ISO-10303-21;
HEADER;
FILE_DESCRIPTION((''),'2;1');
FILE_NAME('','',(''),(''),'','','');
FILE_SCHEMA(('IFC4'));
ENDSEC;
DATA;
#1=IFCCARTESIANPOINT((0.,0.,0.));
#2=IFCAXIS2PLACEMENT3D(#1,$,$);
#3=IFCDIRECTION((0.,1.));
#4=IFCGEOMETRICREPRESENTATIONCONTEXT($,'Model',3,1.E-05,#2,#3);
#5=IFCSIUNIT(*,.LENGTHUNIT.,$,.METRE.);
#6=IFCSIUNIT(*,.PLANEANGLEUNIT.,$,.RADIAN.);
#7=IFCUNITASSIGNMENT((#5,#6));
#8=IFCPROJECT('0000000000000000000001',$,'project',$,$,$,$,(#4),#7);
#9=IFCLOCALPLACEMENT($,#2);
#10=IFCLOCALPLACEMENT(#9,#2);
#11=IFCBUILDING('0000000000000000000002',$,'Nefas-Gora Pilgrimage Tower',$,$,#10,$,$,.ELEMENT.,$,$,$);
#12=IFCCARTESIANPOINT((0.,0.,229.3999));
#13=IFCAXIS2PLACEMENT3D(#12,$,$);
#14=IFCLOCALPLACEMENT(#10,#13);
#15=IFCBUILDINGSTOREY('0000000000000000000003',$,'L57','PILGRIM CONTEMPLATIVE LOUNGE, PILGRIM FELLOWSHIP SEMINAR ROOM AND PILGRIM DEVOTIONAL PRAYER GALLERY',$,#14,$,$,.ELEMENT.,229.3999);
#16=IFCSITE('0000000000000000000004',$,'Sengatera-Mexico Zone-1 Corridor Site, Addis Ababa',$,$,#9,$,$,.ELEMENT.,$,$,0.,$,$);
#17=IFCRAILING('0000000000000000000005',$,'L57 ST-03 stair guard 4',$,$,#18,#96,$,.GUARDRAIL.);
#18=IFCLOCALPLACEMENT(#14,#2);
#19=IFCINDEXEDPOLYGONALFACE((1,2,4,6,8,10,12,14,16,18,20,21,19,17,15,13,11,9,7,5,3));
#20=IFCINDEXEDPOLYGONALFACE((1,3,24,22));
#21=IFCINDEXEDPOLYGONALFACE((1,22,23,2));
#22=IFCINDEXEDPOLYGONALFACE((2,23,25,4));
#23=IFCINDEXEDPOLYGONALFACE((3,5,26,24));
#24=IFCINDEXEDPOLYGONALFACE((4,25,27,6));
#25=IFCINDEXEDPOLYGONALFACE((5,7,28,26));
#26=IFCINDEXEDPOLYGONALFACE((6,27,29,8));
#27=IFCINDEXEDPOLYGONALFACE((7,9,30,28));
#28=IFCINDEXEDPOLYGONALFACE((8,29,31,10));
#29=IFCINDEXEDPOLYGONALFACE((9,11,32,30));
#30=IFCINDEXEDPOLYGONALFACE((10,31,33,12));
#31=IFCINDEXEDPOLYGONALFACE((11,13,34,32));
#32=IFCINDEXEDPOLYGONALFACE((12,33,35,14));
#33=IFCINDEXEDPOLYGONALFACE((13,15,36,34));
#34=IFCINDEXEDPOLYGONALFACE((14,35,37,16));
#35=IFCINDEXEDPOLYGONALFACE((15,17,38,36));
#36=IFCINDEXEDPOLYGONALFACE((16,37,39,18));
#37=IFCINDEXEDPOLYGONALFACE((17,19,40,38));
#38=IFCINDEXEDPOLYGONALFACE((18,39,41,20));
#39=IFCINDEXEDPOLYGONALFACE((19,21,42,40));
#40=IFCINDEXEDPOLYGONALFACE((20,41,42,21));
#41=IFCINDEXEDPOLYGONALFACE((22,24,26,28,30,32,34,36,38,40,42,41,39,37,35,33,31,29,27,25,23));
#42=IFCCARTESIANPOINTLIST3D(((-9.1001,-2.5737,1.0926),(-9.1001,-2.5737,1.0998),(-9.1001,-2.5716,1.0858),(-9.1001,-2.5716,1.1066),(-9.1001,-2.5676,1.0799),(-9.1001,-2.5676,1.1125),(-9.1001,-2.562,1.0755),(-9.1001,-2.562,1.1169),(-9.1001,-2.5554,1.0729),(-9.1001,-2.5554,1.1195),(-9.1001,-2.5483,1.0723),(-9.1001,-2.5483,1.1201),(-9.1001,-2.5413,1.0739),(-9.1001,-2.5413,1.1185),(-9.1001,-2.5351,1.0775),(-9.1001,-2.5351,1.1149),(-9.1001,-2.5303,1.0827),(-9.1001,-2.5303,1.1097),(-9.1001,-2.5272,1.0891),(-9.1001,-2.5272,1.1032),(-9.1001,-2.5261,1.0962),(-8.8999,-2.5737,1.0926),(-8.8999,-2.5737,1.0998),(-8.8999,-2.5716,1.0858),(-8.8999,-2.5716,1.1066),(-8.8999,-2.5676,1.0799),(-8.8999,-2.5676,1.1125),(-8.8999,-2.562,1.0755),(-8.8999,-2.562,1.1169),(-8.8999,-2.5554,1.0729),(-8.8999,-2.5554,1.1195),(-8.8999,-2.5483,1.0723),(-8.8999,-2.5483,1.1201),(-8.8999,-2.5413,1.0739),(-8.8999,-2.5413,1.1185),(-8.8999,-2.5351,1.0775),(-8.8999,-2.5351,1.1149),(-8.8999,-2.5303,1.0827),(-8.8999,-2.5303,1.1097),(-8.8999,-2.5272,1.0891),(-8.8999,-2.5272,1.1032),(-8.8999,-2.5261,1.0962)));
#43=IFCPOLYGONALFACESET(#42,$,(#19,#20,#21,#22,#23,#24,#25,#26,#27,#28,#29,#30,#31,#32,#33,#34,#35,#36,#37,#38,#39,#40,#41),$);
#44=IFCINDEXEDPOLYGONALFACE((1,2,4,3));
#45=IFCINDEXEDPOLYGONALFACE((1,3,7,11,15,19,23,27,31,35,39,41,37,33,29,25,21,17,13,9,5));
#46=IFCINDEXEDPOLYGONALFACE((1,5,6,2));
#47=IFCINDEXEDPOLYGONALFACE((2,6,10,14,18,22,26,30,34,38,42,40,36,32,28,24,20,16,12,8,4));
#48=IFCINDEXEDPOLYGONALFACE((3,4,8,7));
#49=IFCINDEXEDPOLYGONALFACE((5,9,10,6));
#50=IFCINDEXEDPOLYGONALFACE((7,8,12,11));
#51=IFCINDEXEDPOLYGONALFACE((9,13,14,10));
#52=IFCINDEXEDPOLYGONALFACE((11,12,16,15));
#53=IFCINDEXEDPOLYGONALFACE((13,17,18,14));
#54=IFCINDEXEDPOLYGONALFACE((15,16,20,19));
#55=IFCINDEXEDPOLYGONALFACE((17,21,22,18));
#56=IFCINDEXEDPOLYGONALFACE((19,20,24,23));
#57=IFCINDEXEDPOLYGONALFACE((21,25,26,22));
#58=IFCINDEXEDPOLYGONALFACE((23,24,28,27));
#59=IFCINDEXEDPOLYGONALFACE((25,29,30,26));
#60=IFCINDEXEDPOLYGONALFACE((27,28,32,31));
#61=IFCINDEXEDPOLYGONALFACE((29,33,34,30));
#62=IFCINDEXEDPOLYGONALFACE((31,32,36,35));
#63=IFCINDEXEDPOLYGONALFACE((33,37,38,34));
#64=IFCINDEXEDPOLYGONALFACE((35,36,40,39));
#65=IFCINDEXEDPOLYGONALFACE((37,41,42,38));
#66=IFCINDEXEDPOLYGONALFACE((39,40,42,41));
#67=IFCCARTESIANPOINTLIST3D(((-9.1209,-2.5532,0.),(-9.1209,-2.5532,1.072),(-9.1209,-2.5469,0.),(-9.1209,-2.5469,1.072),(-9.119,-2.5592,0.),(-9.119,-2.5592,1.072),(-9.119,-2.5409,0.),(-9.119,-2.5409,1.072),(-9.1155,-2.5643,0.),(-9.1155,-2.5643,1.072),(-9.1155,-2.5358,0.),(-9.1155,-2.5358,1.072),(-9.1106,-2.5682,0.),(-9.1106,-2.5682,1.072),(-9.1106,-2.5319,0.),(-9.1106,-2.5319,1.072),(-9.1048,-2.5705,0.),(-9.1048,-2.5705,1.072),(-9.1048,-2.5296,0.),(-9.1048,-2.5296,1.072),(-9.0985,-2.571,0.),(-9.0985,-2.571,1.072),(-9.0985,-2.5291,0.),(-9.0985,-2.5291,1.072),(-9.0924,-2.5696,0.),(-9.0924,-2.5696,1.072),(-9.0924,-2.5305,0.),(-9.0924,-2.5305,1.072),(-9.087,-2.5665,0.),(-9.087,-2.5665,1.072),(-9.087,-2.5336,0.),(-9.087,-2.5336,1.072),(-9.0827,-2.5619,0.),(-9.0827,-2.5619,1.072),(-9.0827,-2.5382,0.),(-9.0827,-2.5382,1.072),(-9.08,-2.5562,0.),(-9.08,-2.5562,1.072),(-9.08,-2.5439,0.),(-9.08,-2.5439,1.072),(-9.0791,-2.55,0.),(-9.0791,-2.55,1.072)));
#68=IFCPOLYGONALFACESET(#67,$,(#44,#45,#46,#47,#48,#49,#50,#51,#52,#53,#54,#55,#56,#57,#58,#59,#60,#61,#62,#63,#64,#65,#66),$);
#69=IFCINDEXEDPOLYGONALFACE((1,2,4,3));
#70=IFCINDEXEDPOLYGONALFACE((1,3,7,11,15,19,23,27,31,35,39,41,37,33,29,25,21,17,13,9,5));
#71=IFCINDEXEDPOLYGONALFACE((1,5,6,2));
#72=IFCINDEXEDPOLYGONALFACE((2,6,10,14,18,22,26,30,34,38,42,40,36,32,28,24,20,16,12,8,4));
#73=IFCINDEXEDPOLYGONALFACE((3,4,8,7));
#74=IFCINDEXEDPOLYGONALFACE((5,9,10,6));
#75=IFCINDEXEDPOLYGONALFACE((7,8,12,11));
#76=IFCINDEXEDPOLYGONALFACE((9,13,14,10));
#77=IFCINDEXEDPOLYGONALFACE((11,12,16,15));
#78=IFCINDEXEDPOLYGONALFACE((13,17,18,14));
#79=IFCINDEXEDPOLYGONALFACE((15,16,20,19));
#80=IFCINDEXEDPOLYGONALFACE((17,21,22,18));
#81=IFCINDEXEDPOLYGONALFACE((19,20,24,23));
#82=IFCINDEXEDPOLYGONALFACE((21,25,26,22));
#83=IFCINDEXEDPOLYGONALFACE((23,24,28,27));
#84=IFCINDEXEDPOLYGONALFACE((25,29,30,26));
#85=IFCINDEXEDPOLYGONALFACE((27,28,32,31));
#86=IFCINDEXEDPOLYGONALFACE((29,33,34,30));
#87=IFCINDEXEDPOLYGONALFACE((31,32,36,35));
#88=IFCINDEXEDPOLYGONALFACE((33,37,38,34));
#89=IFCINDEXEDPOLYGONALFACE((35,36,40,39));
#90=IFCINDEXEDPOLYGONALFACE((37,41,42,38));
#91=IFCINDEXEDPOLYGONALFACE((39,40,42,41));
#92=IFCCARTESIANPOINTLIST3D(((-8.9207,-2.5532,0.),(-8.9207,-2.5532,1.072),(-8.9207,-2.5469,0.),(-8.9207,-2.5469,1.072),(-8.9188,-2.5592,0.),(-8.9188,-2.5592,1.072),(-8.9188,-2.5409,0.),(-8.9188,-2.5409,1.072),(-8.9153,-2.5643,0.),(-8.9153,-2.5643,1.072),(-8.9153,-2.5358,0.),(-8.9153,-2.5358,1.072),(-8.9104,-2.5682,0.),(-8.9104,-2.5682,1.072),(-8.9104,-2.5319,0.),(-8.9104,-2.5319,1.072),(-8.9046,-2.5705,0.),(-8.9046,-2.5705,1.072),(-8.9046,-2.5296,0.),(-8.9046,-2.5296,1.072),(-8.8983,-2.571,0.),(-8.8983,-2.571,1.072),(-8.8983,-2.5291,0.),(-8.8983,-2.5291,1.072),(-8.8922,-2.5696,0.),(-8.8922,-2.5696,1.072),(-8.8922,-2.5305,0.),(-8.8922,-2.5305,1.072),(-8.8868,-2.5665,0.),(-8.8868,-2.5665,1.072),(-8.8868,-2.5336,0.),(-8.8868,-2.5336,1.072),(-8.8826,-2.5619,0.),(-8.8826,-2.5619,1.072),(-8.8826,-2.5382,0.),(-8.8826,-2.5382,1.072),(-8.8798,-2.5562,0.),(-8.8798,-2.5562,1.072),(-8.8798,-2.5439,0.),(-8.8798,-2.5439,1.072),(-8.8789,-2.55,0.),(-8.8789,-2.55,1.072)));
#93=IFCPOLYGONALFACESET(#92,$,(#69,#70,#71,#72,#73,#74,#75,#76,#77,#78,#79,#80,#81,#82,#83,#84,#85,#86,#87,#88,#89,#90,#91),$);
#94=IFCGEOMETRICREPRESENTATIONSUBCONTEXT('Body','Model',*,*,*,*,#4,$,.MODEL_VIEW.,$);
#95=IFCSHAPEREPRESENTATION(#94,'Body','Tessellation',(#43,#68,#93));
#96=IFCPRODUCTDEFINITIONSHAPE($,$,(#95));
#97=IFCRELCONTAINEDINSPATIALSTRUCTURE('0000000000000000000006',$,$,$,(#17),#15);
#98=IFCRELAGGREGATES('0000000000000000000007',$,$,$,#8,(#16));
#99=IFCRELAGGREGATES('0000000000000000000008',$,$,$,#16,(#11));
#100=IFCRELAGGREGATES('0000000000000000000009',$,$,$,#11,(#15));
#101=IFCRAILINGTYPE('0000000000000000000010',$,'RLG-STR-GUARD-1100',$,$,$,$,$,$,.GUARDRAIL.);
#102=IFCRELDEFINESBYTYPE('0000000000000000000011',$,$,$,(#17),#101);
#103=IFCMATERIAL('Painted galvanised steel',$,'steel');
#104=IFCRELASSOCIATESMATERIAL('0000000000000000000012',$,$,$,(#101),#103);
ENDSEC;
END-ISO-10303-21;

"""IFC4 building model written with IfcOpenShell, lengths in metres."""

from ifc_helpers import new_model, si_unit, direction, frame, origin, origin_2d, place, context, subcontext, project, spatial, circle, extrude, material, type_object, element, save


model = new_model("IFC4")

# Units and contexts
model_context = context("Model", 3, precision=1e-05, world=origin(), true_north=direction((0.0, 1.0)))
body_context = subcontext(model_context, "Body", "Model", "MODEL_VIEW")
ifc_project = project(units=[si_unit("LENGTHUNIT", "METRE"), si_unit("PLANEANGLEUNIT", "RADIAN")], contexts=[model_context])

# Site, building, storey
site_placement = place(None, origin())
site = spatial("IfcSite", under=ifc_project, at=site_placement, Name="Sengatera-Mexico Zone-1 Corridor Site, Addis Ababa", CompositionType="ELEMENT", RefElevation=0.0)
building_placement = place(site_placement, origin())
building = spatial("IfcBuilding", under=site, at=building_placement, Name="Nefas-Gora Pilgrimage Tower", CompositionType="ELEMENT")
storey_placement = place(building_placement, frame((0.0, 0.0, 229.3999)))
storey = spatial("IfcBuildingStorey", under=building, at=storey_placement, Name="L57", Description="PILGRIM CONTEMPLATIVE LOUNGE, PILGRIM FELLOWSHIP SEMINAR ROOM AND PILGRIM DEVOTIONAL PRAYER GALLERY", CompositionType="ELEMENT", Elevation=229.3999)

# Railing
ifc_material_1 = material(Name="Painted galvanised steel", Category="steel")
railing_type_1 = type_object("IfcRailingType", Name="RLG-STR-GUARD-1100", PredefinedType="GUARDRAIL", material=ifc_material_1)
railing_1_placement = place(storey_placement, frame((-9.1001, -2.55, 0.0)))
element("IfcRailing", 1, at=railing_1_placement, inside=storey, type_object=railing_type_1, Name="L57 ST-03 stair guard 4", PredefinedType="GUARDRAIL", context=body_context, shape_type="SweptSolid", body=[
    extrude(circle(Radius=0.0239, at=origin_2d()), frame((0.0, 0.0, 1.0962), z_axis=(1.0, 0.0, 0.0), x_axis=(0.0, 1.0, 0.0)), (0.0, 0.0, 1.0), 0.2002),
    extrude(circle(Radius=0.021, at=origin_2d()), origin(), (0.0, 0.0, 1.0), 1.072),
    extrude(circle(Radius=0.021, at=origin_2d()), frame((0.2002, 0.0, 0.0)), (0.0, 0.0, 1.0), 1.072),
])

save(model, "model.ifc")
